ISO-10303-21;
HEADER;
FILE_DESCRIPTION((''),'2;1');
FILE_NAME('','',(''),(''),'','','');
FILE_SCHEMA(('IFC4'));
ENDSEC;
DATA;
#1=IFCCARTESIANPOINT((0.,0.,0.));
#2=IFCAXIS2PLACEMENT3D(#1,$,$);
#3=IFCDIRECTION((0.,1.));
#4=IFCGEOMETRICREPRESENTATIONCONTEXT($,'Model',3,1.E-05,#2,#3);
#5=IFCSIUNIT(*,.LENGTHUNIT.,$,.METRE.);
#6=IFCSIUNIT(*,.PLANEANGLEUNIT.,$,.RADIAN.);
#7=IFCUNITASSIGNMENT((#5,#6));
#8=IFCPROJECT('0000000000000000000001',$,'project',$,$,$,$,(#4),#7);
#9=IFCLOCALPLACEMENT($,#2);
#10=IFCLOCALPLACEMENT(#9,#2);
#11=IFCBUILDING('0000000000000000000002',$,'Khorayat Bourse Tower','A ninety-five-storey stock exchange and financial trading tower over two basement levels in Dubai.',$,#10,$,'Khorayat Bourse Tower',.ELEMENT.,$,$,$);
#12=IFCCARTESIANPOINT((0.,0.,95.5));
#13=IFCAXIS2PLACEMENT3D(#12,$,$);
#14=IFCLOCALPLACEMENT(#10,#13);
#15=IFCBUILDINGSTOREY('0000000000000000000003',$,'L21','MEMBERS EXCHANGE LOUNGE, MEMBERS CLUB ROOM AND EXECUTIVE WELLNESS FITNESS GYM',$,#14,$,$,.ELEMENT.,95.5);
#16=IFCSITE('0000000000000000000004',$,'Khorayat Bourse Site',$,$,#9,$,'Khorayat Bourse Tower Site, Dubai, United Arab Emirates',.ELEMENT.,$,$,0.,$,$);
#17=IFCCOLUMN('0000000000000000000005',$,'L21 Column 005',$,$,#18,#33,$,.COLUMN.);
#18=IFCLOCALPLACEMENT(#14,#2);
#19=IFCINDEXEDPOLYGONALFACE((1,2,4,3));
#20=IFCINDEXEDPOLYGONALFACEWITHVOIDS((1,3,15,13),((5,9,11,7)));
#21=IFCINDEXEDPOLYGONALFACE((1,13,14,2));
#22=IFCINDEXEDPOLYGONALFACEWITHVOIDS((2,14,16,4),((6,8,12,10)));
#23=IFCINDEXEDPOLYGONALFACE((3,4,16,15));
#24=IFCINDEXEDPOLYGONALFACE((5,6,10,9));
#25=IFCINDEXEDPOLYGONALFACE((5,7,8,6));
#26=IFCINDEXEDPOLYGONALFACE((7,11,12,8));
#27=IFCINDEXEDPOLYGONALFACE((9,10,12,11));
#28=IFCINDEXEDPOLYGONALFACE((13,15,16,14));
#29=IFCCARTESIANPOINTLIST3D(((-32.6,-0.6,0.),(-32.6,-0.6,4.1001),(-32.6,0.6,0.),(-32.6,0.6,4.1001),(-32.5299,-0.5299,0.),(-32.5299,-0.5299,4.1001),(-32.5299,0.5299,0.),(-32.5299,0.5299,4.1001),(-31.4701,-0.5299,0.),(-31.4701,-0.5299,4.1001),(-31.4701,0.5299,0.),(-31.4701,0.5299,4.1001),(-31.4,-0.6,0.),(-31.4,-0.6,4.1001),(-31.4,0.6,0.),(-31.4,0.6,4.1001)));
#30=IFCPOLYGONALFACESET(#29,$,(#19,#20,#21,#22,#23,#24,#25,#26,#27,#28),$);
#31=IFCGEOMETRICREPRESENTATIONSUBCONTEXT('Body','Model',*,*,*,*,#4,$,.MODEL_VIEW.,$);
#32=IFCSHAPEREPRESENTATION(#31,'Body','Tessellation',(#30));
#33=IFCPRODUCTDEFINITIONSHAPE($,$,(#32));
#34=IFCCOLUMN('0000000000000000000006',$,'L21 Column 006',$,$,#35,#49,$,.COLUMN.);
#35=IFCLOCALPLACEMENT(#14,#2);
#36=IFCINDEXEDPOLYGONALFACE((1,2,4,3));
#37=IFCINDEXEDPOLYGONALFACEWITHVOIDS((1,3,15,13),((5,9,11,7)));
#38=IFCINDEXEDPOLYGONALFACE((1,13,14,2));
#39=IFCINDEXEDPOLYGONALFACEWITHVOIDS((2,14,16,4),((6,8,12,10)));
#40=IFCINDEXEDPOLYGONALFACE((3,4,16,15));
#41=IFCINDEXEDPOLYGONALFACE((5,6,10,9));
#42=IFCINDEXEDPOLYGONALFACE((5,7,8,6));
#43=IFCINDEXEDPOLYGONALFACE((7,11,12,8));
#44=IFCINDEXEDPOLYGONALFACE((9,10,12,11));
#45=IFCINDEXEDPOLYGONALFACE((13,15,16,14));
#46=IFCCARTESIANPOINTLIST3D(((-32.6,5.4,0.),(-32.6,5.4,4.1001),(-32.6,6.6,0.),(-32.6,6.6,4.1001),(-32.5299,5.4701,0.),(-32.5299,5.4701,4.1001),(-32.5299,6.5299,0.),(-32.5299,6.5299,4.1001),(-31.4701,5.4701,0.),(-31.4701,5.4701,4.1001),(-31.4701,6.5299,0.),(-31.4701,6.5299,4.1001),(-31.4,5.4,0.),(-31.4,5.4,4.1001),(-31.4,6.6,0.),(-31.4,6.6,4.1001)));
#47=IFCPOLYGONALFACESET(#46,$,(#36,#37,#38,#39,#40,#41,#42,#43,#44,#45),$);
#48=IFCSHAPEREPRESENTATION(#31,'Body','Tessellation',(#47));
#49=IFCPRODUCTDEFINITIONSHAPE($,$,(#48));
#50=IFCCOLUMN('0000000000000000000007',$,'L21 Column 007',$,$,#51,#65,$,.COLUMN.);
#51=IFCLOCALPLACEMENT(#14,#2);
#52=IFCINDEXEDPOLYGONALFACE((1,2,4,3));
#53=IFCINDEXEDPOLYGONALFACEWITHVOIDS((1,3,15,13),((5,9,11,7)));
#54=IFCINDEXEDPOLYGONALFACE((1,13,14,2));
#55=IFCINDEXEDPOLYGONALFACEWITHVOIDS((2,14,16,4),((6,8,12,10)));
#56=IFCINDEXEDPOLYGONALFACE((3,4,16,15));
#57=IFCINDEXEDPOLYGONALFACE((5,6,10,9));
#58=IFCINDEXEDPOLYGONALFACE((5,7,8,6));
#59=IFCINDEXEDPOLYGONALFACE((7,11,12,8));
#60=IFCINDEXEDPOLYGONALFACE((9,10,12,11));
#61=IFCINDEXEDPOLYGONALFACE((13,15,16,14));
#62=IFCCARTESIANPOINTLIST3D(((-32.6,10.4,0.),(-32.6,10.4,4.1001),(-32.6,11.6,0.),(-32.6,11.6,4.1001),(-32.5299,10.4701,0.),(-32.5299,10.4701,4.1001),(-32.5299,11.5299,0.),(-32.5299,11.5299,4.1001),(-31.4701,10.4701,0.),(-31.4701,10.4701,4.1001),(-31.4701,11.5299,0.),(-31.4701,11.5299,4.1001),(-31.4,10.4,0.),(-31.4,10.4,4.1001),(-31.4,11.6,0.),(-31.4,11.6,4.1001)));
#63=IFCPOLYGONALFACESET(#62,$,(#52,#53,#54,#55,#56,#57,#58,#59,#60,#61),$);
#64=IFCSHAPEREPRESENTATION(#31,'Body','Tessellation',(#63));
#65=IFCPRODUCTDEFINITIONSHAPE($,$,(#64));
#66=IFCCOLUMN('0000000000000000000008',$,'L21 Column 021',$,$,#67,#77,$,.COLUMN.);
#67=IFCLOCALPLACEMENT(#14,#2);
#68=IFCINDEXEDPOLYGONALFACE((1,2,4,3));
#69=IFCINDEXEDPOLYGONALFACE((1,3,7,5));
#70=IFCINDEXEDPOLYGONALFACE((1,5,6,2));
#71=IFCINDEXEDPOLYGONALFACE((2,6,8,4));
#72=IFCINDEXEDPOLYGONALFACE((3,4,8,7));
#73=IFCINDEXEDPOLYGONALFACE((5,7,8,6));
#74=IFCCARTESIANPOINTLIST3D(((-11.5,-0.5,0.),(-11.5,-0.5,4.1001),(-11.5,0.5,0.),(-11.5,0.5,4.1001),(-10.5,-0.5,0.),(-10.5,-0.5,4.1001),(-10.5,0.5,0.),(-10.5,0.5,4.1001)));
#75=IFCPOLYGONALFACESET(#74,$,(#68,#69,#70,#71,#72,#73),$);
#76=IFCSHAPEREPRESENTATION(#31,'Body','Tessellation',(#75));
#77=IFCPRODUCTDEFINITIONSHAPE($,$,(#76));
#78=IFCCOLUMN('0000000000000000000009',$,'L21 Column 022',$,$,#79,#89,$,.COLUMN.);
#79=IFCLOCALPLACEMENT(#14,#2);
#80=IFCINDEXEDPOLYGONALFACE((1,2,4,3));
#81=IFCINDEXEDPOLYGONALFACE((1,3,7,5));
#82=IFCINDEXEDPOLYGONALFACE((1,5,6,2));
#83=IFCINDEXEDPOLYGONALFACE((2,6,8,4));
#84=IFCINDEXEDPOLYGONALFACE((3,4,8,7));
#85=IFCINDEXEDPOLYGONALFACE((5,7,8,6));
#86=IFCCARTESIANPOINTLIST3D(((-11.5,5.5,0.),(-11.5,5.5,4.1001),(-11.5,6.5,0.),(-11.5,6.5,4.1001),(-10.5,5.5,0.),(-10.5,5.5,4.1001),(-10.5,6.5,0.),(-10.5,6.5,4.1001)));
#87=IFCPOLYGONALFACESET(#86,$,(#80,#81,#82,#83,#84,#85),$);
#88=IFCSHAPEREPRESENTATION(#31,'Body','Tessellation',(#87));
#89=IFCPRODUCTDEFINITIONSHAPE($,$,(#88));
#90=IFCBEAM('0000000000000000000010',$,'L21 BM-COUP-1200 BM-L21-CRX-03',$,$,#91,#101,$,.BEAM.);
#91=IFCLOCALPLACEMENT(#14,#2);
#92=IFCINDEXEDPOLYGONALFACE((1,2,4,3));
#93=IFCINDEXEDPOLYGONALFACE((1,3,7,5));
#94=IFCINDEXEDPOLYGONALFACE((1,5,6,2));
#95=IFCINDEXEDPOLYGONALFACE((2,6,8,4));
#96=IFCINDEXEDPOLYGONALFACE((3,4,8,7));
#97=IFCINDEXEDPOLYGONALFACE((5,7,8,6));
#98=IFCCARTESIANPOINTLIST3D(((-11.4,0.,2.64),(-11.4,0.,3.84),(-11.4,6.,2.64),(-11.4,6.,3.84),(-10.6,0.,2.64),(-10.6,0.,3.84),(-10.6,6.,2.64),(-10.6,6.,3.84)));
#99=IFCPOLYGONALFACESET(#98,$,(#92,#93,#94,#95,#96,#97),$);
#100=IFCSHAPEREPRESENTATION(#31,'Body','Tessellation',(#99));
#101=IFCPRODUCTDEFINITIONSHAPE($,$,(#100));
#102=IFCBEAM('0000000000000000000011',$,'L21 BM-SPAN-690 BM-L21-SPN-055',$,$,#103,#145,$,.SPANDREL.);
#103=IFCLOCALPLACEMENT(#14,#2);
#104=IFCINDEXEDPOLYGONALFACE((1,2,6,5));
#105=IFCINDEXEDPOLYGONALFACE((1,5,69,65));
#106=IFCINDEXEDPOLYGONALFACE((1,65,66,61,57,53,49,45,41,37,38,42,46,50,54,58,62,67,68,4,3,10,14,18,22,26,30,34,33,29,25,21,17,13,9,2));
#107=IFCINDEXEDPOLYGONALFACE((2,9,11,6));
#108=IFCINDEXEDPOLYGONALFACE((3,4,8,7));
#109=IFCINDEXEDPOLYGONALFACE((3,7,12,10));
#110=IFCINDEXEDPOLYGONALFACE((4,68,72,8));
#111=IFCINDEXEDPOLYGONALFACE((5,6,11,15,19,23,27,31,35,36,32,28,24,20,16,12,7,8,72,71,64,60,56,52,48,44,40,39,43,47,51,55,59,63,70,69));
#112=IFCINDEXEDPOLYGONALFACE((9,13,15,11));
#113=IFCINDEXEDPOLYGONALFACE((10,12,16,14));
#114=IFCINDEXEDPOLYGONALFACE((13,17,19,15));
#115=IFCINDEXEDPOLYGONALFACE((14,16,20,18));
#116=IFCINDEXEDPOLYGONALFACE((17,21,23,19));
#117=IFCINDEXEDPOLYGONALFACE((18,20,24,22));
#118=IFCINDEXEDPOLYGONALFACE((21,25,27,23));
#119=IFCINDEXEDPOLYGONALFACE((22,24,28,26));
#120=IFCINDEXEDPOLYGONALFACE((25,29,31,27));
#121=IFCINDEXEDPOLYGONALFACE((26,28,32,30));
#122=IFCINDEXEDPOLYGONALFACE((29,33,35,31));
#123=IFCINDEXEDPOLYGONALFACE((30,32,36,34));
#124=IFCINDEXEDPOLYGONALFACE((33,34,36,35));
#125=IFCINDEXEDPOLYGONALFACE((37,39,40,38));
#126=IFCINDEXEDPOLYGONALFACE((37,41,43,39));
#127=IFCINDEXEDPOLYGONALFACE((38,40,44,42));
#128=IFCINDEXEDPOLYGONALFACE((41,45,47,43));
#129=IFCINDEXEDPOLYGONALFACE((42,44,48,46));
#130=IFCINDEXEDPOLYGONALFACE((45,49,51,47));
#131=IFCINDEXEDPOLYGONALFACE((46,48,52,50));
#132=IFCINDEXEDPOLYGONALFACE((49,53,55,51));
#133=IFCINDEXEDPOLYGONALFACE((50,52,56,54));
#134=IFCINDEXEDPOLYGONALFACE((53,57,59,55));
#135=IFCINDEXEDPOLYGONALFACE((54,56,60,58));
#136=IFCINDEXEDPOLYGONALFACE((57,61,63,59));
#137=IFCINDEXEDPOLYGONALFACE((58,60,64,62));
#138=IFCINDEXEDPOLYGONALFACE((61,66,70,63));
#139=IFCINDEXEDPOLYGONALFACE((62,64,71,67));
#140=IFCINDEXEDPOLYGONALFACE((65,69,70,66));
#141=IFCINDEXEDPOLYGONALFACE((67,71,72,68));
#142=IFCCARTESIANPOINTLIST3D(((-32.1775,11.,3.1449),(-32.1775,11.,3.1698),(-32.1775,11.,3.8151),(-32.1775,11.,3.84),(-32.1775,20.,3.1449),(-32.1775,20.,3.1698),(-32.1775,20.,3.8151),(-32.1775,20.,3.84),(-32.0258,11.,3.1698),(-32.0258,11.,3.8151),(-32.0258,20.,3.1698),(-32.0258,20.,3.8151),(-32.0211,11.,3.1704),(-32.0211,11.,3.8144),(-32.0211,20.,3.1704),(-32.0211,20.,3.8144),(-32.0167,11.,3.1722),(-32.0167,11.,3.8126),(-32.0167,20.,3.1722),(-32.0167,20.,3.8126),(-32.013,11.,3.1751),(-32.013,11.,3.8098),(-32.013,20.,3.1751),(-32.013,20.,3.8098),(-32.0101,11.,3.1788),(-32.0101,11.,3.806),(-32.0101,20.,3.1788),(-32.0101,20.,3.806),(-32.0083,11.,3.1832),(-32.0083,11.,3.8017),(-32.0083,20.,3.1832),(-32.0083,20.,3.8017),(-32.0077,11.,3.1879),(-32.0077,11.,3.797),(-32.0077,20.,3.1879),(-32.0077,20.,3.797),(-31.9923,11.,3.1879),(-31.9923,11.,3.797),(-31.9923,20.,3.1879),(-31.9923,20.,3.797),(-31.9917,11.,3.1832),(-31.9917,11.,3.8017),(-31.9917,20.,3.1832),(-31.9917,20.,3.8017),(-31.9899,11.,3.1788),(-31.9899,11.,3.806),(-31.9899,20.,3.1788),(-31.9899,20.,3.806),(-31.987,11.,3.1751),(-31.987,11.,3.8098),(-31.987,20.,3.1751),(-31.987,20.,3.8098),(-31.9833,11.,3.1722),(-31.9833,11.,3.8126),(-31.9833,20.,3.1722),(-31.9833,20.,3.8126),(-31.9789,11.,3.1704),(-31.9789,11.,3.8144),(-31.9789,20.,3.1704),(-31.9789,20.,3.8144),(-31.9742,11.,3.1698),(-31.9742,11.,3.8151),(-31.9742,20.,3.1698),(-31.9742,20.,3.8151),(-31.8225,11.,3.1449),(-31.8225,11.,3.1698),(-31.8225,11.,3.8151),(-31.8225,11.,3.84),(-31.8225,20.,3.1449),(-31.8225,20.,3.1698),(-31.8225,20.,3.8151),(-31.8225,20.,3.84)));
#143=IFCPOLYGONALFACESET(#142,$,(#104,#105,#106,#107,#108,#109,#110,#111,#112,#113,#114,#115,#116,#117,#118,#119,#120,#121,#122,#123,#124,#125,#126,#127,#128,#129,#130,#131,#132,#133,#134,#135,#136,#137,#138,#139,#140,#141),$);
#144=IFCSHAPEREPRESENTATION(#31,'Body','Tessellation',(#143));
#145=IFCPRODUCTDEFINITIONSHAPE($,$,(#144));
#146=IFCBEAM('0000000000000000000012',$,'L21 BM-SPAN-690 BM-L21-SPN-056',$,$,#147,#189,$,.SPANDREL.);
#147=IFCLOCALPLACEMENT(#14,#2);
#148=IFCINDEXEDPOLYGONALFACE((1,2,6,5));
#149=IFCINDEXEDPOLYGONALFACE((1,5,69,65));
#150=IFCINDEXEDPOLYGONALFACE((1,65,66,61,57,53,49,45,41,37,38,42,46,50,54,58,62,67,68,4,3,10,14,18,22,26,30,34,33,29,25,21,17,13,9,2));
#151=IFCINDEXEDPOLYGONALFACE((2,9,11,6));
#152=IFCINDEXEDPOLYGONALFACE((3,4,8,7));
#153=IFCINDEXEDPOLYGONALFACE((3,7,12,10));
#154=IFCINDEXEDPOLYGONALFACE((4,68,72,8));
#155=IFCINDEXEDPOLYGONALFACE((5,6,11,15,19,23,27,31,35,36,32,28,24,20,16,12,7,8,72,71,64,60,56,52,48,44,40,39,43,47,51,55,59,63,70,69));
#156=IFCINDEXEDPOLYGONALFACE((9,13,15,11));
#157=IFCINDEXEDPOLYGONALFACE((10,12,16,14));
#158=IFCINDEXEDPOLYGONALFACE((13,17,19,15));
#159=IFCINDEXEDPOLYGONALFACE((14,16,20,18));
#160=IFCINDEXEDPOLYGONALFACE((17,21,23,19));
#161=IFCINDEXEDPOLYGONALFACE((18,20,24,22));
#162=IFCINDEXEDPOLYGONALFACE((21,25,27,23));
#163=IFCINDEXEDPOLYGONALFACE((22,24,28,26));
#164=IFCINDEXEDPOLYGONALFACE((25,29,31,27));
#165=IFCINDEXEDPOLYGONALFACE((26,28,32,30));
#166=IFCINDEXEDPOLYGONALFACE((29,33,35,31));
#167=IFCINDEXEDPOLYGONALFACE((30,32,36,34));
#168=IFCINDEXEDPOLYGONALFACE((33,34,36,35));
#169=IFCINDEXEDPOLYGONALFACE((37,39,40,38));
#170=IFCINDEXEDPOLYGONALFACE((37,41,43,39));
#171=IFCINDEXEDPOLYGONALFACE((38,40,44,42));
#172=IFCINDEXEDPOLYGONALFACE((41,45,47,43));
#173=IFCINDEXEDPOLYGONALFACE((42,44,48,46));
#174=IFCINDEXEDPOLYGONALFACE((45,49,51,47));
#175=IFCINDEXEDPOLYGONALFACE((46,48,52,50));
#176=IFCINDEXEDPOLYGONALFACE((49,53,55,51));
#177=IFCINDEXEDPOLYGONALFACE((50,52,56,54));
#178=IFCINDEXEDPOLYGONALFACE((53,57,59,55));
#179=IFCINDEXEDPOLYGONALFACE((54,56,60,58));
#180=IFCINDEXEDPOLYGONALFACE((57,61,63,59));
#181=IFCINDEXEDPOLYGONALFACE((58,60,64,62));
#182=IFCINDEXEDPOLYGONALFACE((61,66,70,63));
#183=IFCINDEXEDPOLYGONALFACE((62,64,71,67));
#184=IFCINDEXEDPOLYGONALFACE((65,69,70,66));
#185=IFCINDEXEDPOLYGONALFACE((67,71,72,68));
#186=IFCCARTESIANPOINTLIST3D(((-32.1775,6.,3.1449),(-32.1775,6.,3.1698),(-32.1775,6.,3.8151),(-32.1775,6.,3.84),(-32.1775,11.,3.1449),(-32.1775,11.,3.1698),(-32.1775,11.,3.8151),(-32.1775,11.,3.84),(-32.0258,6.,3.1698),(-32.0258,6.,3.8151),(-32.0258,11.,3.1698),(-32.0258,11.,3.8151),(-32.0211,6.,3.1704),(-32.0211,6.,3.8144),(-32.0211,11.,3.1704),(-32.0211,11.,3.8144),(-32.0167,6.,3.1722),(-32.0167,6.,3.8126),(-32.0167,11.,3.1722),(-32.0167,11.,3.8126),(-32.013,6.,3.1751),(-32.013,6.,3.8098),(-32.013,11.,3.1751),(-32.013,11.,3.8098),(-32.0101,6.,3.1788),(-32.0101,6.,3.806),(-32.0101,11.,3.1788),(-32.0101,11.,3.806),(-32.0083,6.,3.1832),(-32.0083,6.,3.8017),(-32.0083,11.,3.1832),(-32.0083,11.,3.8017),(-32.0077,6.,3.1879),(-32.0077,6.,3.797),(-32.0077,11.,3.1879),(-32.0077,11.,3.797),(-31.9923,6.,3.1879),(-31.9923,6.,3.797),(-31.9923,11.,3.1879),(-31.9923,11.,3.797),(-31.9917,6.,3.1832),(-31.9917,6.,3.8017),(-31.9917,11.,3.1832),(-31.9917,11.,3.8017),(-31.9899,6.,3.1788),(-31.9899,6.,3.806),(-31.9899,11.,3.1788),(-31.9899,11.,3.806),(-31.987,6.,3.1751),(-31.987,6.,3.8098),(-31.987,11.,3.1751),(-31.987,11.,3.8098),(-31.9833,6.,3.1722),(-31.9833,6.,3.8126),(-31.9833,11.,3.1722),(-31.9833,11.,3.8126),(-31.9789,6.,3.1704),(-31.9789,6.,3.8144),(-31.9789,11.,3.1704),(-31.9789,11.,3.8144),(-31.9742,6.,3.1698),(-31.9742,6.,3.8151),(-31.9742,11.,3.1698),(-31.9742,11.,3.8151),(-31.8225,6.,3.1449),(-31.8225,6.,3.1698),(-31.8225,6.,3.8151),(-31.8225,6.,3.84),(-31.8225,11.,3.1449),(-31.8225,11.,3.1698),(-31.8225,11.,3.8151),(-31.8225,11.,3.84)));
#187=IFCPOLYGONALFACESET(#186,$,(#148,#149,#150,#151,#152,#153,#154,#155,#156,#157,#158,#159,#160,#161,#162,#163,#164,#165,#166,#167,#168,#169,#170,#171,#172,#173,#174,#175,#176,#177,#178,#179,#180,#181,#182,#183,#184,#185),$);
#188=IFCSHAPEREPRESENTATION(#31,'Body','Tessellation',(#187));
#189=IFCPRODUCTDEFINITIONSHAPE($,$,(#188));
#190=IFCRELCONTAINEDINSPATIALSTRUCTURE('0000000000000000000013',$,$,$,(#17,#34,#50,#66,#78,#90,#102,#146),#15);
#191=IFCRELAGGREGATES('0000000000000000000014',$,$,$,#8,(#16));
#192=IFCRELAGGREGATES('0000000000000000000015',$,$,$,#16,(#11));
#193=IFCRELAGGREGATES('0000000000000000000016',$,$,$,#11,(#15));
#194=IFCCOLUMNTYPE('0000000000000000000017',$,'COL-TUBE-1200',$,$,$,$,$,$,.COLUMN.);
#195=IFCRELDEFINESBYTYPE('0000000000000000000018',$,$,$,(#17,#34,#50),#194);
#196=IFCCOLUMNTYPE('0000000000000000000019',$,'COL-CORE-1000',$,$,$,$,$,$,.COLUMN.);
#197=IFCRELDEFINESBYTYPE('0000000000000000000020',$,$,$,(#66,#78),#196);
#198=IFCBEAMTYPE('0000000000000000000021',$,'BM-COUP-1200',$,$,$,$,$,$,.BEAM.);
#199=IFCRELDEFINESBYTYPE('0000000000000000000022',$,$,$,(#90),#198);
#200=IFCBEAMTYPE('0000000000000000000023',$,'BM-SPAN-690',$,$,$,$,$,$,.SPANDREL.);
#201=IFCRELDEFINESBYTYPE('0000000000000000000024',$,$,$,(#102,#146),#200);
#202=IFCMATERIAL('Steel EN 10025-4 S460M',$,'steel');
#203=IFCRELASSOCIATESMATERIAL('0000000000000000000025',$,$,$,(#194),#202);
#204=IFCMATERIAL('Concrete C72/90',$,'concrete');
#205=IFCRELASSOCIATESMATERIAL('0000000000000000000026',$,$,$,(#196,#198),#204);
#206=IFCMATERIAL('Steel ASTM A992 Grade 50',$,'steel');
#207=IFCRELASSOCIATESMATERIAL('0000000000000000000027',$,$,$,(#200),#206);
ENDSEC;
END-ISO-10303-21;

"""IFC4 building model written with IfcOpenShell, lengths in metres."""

from ifc_helpers import new_model, si_unit, direction, frame, origin, origin_2d, place, context, subcontext, project, spatial, rectangle, hollow_rectangle, i_section, extrude, source, transform, mapped, material, material_profile, profile_set, type_object, element, save


model = new_model("IFC4")

# Units and contexts
model_context = context("Model", 3, precision=1e-05, world=origin(), true_north=direction((0.0, 1.0)))
body_context = subcontext(model_context, "Body", "Model", "MODEL_VIEW")
ifc_project = project(units=[si_unit("LENGTHUNIT", "METRE"), si_unit("PLANEANGLEUNIT", "RADIAN")], contexts=[model_context])

# Site, building, storey
site_placement = place(None, origin())
site = spatial("IfcSite", under=ifc_project, at=site_placement, Name="Khorayat Bourse Site", LongName="Khorayat Bourse Tower Site, Dubai, United Arab Emirates", CompositionType="ELEMENT", RefElevation=0.0)
building_placement = place(site_placement, origin())
building = spatial("IfcBuilding", under=site, at=building_placement, Name="Khorayat Bourse Tower", Description="A ninety-five-storey stock exchange and financial trading tower over two basement levels in Dubai.", LongName="Khorayat Bourse Tower", CompositionType="ELEMENT")
storey_placement = place(building_placement, frame((0.0, 0.0, 95.5)))
storey = spatial("IfcBuildingStorey", under=building, at=storey_placement, Name="L21", Description="MEMBERS EXCHANGE LOUNGE, MEMBERS CLUB ROOM AND EXECUTIVE WELLNESS FITNESS GYM", CompositionType="ELEMENT", Elevation=95.5)

# Columns
ifc_material_1 = material(Name="Steel EN 10025-4 S460M", Category="steel")
ifc_material_profile_1 = material_profile(ifc_material_1, hollow_rectangle(XDim=1.2, YDim=1.2, WallThickness=0.0701, at=origin_2d()), Name="BOX 1200x1200x70")
ifc_profile_set_1 = profile_set([ifc_material_profile_1], Name="Steel EN 10025-4 S460M")
column_type_1 = type_object("IfcColumnType", Name="COL-TUBE-1200", PredefinedType="COLUMN", material=ifc_profile_set_1)
shared_shape_1 = source(origin(), body_context, "Body", "SweptSolid", [
    extrude(hollow_rectangle(XDim=1.2, YDim=1.2, WallThickness=0.0701, at=origin_2d()), origin(), (0.0, 0.0, 1.0), 4.1001),
])
for number, where, z_axis, x_axis, name in (
    (1, (-32.0, 0.0, 0.0), (0.0, 0.0, 1.0), (1.0, 0.0, 0.0), "L21 Column 005"),
    (2, (-32.0, 6.0, 0.0), (0.0, 0.0, 1.0), (1.0, 0.0, 0.0), "L21 Column 006"),
    (3, (-32.0, 11.0, 0.0), (0.0, 0.0, 1.0), (1.0, 0.0, 0.0), "L21 Column 007"),
):
    element("IfcColumn", number, at=place(storey_placement, frame(where, z_axis=z_axis, x_axis=x_axis)), inside=storey, type_object=column_type_1, Name=name, PredefinedType="COLUMN", context=body_context, shape_type="MappedRepresentation", body=[
        mapped(shared_shape_1, transform((0.0, 0.0, 0.0), scale=1.0)),
    ])
ifc_material_2 = material(Name="Concrete C72/90", Category="concrete")
ifc_material_profile_2 = material_profile(ifc_material_2, rectangle(XDim=1.0, YDim=1.0, at=origin_2d()), Name="RC 1000x1000")
ifc_profile_set_2 = profile_set([ifc_material_profile_2], Name="Concrete C72/90")
column_type_2 = type_object("IfcColumnType", Name="COL-CORE-1000", PredefinedType="COLUMN", material=ifc_profile_set_2)
shared_shape_2 = source(origin(), body_context, "Body", "SweptSolid", [
    extrude(rectangle(XDim=1.0, YDim=1.0, at=origin_2d()), origin(), (0.0, 0.0, 1.0), 4.1001),
])
for number, where, z_axis, x_axis, name in (
    (4, (-11.0, 0.0, 0.0), (0.0, 0.0, 1.0), (1.0, 0.0, 0.0), "L21 Column 021"),
    (5, (-11.0, 6.0, 0.0), (0.0, 0.0, 1.0), (1.0, 0.0, 0.0), "L21 Column 022"),
):
    element("IfcColumn", number, at=place(storey_placement, frame(where, z_axis=z_axis, x_axis=x_axis)), inside=storey, type_object=column_type_2, Name=name, PredefinedType="COLUMN", context=body_context, shape_type="MappedRepresentation", body=[
        mapped(shared_shape_2, transform((0.0, 0.0, 0.0), scale=1.0)),
    ])

# Beams
ifc_material_profile_3 = material_profile(ifc_material_2, rectangle(XDim=0.8, YDim=1.2, at=origin_2d()), Name="RC 800x1200")
ifc_profile_set_3 = profile_set([ifc_material_profile_3], Name="Concrete C72/90")
beam_type_1 = type_object("IfcBeamType", Name="BM-COUP-1200", PredefinedType="BEAM", material=ifc_profile_set_3)
shared_shape_3 = source(origin(), body_context, "Body", "SweptSolid", [
    extrude(rectangle(XDim=0.8, YDim=1.2, at=origin_2d()), origin(), (0.0, 0.0, 1.0), 6.0),
])
beam_1_placement = place(storey_placement, frame((-11.0, 0.0, 3.24), z_axis=(0.0, 1.0, 0.0), x_axis=(-1.0, 0.0, 0.0)))
element("IfcBeam", 6, at=beam_1_placement, inside=storey, type_object=beam_type_1, Name="L21 BM-COUP-1200 BM-L21-CRX-03", PredefinedType="BEAM", context=body_context, shape_type="MappedRepresentation", body=[
    mapped(shared_shape_3, transform((0.0, 0.0, 0.0), scale=1.0)),
])
ifc_material_3 = material(Name="Steel ASTM A992 Grade 50", Category="steel")
ifc_material_profile_4 = material_profile(ifc_material_3, i_section(OverallWidth=0.355, OverallDepth=0.6951, WebThickness=0.0154, FlangeThickness=0.0249, FilletRadius=0.0181, at=origin_2d()), Name="W690X217")
ifc_profile_set_4 = profile_set([ifc_material_profile_4], Name="Steel ASTM A992 Grade 50")
beam_type_2 = type_object("IfcBeamType", Name="BM-SPAN-690", PredefinedType="SPANDREL", material=ifc_profile_set_4)
shared_shape_4 = source(origin(), body_context, "Body", "SweptSolid", [
    extrude(i_section(OverallWidth=0.355, OverallDepth=0.6951, WebThickness=0.0154, FlangeThickness=0.0249, FilletRadius=0.0181, at=origin_2d()), origin(), (0.0, 0.0, 1.0), 9.0),
])
beam_2_placement = place(storey_placement, frame((-32.0, 11.0, 3.4924), z_axis=(0.0, 1.0, 0.0), x_axis=(-1.0, 0.0, 0.0)))
element("IfcBeam", 7, at=beam_2_placement, inside=storey, type_object=beam_type_2, Name="L21 BM-SPAN-690 BM-L21-SPN-055", PredefinedType="SPANDREL", context=body_context, shape_type="MappedRepresentation", body=[
    mapped(shared_shape_4, transform((0.0, 0.0, 0.0), scale=1.0)),
])
shared_shape_5 = source(origin(), body_context, "Body", "SweptSolid", [
    extrude(i_section(OverallWidth=0.355, OverallDepth=0.6951, WebThickness=0.0154, FlangeThickness=0.0249, FilletRadius=0.0181, at=origin_2d()), origin(), (0.0, 0.0, 1.0), 5.0),
])
beam_3_placement = place(storey_placement, frame((-32.0, 6.0, 3.4924), z_axis=(0.0, 1.0, 0.0), x_axis=(-1.0, 0.0, 0.0)))
element("IfcBeam", 8, at=beam_3_placement, inside=storey, type_object=beam_type_2, Name="L21 BM-SPAN-690 BM-L21-SPN-056", PredefinedType="SPANDREL", context=body_context, shape_type="MappedRepresentation", body=[
    mapped(shared_shape_5, transform((0.0, 0.0, 0.0), scale=1.0)),
])

save(model, "model.ifc")
